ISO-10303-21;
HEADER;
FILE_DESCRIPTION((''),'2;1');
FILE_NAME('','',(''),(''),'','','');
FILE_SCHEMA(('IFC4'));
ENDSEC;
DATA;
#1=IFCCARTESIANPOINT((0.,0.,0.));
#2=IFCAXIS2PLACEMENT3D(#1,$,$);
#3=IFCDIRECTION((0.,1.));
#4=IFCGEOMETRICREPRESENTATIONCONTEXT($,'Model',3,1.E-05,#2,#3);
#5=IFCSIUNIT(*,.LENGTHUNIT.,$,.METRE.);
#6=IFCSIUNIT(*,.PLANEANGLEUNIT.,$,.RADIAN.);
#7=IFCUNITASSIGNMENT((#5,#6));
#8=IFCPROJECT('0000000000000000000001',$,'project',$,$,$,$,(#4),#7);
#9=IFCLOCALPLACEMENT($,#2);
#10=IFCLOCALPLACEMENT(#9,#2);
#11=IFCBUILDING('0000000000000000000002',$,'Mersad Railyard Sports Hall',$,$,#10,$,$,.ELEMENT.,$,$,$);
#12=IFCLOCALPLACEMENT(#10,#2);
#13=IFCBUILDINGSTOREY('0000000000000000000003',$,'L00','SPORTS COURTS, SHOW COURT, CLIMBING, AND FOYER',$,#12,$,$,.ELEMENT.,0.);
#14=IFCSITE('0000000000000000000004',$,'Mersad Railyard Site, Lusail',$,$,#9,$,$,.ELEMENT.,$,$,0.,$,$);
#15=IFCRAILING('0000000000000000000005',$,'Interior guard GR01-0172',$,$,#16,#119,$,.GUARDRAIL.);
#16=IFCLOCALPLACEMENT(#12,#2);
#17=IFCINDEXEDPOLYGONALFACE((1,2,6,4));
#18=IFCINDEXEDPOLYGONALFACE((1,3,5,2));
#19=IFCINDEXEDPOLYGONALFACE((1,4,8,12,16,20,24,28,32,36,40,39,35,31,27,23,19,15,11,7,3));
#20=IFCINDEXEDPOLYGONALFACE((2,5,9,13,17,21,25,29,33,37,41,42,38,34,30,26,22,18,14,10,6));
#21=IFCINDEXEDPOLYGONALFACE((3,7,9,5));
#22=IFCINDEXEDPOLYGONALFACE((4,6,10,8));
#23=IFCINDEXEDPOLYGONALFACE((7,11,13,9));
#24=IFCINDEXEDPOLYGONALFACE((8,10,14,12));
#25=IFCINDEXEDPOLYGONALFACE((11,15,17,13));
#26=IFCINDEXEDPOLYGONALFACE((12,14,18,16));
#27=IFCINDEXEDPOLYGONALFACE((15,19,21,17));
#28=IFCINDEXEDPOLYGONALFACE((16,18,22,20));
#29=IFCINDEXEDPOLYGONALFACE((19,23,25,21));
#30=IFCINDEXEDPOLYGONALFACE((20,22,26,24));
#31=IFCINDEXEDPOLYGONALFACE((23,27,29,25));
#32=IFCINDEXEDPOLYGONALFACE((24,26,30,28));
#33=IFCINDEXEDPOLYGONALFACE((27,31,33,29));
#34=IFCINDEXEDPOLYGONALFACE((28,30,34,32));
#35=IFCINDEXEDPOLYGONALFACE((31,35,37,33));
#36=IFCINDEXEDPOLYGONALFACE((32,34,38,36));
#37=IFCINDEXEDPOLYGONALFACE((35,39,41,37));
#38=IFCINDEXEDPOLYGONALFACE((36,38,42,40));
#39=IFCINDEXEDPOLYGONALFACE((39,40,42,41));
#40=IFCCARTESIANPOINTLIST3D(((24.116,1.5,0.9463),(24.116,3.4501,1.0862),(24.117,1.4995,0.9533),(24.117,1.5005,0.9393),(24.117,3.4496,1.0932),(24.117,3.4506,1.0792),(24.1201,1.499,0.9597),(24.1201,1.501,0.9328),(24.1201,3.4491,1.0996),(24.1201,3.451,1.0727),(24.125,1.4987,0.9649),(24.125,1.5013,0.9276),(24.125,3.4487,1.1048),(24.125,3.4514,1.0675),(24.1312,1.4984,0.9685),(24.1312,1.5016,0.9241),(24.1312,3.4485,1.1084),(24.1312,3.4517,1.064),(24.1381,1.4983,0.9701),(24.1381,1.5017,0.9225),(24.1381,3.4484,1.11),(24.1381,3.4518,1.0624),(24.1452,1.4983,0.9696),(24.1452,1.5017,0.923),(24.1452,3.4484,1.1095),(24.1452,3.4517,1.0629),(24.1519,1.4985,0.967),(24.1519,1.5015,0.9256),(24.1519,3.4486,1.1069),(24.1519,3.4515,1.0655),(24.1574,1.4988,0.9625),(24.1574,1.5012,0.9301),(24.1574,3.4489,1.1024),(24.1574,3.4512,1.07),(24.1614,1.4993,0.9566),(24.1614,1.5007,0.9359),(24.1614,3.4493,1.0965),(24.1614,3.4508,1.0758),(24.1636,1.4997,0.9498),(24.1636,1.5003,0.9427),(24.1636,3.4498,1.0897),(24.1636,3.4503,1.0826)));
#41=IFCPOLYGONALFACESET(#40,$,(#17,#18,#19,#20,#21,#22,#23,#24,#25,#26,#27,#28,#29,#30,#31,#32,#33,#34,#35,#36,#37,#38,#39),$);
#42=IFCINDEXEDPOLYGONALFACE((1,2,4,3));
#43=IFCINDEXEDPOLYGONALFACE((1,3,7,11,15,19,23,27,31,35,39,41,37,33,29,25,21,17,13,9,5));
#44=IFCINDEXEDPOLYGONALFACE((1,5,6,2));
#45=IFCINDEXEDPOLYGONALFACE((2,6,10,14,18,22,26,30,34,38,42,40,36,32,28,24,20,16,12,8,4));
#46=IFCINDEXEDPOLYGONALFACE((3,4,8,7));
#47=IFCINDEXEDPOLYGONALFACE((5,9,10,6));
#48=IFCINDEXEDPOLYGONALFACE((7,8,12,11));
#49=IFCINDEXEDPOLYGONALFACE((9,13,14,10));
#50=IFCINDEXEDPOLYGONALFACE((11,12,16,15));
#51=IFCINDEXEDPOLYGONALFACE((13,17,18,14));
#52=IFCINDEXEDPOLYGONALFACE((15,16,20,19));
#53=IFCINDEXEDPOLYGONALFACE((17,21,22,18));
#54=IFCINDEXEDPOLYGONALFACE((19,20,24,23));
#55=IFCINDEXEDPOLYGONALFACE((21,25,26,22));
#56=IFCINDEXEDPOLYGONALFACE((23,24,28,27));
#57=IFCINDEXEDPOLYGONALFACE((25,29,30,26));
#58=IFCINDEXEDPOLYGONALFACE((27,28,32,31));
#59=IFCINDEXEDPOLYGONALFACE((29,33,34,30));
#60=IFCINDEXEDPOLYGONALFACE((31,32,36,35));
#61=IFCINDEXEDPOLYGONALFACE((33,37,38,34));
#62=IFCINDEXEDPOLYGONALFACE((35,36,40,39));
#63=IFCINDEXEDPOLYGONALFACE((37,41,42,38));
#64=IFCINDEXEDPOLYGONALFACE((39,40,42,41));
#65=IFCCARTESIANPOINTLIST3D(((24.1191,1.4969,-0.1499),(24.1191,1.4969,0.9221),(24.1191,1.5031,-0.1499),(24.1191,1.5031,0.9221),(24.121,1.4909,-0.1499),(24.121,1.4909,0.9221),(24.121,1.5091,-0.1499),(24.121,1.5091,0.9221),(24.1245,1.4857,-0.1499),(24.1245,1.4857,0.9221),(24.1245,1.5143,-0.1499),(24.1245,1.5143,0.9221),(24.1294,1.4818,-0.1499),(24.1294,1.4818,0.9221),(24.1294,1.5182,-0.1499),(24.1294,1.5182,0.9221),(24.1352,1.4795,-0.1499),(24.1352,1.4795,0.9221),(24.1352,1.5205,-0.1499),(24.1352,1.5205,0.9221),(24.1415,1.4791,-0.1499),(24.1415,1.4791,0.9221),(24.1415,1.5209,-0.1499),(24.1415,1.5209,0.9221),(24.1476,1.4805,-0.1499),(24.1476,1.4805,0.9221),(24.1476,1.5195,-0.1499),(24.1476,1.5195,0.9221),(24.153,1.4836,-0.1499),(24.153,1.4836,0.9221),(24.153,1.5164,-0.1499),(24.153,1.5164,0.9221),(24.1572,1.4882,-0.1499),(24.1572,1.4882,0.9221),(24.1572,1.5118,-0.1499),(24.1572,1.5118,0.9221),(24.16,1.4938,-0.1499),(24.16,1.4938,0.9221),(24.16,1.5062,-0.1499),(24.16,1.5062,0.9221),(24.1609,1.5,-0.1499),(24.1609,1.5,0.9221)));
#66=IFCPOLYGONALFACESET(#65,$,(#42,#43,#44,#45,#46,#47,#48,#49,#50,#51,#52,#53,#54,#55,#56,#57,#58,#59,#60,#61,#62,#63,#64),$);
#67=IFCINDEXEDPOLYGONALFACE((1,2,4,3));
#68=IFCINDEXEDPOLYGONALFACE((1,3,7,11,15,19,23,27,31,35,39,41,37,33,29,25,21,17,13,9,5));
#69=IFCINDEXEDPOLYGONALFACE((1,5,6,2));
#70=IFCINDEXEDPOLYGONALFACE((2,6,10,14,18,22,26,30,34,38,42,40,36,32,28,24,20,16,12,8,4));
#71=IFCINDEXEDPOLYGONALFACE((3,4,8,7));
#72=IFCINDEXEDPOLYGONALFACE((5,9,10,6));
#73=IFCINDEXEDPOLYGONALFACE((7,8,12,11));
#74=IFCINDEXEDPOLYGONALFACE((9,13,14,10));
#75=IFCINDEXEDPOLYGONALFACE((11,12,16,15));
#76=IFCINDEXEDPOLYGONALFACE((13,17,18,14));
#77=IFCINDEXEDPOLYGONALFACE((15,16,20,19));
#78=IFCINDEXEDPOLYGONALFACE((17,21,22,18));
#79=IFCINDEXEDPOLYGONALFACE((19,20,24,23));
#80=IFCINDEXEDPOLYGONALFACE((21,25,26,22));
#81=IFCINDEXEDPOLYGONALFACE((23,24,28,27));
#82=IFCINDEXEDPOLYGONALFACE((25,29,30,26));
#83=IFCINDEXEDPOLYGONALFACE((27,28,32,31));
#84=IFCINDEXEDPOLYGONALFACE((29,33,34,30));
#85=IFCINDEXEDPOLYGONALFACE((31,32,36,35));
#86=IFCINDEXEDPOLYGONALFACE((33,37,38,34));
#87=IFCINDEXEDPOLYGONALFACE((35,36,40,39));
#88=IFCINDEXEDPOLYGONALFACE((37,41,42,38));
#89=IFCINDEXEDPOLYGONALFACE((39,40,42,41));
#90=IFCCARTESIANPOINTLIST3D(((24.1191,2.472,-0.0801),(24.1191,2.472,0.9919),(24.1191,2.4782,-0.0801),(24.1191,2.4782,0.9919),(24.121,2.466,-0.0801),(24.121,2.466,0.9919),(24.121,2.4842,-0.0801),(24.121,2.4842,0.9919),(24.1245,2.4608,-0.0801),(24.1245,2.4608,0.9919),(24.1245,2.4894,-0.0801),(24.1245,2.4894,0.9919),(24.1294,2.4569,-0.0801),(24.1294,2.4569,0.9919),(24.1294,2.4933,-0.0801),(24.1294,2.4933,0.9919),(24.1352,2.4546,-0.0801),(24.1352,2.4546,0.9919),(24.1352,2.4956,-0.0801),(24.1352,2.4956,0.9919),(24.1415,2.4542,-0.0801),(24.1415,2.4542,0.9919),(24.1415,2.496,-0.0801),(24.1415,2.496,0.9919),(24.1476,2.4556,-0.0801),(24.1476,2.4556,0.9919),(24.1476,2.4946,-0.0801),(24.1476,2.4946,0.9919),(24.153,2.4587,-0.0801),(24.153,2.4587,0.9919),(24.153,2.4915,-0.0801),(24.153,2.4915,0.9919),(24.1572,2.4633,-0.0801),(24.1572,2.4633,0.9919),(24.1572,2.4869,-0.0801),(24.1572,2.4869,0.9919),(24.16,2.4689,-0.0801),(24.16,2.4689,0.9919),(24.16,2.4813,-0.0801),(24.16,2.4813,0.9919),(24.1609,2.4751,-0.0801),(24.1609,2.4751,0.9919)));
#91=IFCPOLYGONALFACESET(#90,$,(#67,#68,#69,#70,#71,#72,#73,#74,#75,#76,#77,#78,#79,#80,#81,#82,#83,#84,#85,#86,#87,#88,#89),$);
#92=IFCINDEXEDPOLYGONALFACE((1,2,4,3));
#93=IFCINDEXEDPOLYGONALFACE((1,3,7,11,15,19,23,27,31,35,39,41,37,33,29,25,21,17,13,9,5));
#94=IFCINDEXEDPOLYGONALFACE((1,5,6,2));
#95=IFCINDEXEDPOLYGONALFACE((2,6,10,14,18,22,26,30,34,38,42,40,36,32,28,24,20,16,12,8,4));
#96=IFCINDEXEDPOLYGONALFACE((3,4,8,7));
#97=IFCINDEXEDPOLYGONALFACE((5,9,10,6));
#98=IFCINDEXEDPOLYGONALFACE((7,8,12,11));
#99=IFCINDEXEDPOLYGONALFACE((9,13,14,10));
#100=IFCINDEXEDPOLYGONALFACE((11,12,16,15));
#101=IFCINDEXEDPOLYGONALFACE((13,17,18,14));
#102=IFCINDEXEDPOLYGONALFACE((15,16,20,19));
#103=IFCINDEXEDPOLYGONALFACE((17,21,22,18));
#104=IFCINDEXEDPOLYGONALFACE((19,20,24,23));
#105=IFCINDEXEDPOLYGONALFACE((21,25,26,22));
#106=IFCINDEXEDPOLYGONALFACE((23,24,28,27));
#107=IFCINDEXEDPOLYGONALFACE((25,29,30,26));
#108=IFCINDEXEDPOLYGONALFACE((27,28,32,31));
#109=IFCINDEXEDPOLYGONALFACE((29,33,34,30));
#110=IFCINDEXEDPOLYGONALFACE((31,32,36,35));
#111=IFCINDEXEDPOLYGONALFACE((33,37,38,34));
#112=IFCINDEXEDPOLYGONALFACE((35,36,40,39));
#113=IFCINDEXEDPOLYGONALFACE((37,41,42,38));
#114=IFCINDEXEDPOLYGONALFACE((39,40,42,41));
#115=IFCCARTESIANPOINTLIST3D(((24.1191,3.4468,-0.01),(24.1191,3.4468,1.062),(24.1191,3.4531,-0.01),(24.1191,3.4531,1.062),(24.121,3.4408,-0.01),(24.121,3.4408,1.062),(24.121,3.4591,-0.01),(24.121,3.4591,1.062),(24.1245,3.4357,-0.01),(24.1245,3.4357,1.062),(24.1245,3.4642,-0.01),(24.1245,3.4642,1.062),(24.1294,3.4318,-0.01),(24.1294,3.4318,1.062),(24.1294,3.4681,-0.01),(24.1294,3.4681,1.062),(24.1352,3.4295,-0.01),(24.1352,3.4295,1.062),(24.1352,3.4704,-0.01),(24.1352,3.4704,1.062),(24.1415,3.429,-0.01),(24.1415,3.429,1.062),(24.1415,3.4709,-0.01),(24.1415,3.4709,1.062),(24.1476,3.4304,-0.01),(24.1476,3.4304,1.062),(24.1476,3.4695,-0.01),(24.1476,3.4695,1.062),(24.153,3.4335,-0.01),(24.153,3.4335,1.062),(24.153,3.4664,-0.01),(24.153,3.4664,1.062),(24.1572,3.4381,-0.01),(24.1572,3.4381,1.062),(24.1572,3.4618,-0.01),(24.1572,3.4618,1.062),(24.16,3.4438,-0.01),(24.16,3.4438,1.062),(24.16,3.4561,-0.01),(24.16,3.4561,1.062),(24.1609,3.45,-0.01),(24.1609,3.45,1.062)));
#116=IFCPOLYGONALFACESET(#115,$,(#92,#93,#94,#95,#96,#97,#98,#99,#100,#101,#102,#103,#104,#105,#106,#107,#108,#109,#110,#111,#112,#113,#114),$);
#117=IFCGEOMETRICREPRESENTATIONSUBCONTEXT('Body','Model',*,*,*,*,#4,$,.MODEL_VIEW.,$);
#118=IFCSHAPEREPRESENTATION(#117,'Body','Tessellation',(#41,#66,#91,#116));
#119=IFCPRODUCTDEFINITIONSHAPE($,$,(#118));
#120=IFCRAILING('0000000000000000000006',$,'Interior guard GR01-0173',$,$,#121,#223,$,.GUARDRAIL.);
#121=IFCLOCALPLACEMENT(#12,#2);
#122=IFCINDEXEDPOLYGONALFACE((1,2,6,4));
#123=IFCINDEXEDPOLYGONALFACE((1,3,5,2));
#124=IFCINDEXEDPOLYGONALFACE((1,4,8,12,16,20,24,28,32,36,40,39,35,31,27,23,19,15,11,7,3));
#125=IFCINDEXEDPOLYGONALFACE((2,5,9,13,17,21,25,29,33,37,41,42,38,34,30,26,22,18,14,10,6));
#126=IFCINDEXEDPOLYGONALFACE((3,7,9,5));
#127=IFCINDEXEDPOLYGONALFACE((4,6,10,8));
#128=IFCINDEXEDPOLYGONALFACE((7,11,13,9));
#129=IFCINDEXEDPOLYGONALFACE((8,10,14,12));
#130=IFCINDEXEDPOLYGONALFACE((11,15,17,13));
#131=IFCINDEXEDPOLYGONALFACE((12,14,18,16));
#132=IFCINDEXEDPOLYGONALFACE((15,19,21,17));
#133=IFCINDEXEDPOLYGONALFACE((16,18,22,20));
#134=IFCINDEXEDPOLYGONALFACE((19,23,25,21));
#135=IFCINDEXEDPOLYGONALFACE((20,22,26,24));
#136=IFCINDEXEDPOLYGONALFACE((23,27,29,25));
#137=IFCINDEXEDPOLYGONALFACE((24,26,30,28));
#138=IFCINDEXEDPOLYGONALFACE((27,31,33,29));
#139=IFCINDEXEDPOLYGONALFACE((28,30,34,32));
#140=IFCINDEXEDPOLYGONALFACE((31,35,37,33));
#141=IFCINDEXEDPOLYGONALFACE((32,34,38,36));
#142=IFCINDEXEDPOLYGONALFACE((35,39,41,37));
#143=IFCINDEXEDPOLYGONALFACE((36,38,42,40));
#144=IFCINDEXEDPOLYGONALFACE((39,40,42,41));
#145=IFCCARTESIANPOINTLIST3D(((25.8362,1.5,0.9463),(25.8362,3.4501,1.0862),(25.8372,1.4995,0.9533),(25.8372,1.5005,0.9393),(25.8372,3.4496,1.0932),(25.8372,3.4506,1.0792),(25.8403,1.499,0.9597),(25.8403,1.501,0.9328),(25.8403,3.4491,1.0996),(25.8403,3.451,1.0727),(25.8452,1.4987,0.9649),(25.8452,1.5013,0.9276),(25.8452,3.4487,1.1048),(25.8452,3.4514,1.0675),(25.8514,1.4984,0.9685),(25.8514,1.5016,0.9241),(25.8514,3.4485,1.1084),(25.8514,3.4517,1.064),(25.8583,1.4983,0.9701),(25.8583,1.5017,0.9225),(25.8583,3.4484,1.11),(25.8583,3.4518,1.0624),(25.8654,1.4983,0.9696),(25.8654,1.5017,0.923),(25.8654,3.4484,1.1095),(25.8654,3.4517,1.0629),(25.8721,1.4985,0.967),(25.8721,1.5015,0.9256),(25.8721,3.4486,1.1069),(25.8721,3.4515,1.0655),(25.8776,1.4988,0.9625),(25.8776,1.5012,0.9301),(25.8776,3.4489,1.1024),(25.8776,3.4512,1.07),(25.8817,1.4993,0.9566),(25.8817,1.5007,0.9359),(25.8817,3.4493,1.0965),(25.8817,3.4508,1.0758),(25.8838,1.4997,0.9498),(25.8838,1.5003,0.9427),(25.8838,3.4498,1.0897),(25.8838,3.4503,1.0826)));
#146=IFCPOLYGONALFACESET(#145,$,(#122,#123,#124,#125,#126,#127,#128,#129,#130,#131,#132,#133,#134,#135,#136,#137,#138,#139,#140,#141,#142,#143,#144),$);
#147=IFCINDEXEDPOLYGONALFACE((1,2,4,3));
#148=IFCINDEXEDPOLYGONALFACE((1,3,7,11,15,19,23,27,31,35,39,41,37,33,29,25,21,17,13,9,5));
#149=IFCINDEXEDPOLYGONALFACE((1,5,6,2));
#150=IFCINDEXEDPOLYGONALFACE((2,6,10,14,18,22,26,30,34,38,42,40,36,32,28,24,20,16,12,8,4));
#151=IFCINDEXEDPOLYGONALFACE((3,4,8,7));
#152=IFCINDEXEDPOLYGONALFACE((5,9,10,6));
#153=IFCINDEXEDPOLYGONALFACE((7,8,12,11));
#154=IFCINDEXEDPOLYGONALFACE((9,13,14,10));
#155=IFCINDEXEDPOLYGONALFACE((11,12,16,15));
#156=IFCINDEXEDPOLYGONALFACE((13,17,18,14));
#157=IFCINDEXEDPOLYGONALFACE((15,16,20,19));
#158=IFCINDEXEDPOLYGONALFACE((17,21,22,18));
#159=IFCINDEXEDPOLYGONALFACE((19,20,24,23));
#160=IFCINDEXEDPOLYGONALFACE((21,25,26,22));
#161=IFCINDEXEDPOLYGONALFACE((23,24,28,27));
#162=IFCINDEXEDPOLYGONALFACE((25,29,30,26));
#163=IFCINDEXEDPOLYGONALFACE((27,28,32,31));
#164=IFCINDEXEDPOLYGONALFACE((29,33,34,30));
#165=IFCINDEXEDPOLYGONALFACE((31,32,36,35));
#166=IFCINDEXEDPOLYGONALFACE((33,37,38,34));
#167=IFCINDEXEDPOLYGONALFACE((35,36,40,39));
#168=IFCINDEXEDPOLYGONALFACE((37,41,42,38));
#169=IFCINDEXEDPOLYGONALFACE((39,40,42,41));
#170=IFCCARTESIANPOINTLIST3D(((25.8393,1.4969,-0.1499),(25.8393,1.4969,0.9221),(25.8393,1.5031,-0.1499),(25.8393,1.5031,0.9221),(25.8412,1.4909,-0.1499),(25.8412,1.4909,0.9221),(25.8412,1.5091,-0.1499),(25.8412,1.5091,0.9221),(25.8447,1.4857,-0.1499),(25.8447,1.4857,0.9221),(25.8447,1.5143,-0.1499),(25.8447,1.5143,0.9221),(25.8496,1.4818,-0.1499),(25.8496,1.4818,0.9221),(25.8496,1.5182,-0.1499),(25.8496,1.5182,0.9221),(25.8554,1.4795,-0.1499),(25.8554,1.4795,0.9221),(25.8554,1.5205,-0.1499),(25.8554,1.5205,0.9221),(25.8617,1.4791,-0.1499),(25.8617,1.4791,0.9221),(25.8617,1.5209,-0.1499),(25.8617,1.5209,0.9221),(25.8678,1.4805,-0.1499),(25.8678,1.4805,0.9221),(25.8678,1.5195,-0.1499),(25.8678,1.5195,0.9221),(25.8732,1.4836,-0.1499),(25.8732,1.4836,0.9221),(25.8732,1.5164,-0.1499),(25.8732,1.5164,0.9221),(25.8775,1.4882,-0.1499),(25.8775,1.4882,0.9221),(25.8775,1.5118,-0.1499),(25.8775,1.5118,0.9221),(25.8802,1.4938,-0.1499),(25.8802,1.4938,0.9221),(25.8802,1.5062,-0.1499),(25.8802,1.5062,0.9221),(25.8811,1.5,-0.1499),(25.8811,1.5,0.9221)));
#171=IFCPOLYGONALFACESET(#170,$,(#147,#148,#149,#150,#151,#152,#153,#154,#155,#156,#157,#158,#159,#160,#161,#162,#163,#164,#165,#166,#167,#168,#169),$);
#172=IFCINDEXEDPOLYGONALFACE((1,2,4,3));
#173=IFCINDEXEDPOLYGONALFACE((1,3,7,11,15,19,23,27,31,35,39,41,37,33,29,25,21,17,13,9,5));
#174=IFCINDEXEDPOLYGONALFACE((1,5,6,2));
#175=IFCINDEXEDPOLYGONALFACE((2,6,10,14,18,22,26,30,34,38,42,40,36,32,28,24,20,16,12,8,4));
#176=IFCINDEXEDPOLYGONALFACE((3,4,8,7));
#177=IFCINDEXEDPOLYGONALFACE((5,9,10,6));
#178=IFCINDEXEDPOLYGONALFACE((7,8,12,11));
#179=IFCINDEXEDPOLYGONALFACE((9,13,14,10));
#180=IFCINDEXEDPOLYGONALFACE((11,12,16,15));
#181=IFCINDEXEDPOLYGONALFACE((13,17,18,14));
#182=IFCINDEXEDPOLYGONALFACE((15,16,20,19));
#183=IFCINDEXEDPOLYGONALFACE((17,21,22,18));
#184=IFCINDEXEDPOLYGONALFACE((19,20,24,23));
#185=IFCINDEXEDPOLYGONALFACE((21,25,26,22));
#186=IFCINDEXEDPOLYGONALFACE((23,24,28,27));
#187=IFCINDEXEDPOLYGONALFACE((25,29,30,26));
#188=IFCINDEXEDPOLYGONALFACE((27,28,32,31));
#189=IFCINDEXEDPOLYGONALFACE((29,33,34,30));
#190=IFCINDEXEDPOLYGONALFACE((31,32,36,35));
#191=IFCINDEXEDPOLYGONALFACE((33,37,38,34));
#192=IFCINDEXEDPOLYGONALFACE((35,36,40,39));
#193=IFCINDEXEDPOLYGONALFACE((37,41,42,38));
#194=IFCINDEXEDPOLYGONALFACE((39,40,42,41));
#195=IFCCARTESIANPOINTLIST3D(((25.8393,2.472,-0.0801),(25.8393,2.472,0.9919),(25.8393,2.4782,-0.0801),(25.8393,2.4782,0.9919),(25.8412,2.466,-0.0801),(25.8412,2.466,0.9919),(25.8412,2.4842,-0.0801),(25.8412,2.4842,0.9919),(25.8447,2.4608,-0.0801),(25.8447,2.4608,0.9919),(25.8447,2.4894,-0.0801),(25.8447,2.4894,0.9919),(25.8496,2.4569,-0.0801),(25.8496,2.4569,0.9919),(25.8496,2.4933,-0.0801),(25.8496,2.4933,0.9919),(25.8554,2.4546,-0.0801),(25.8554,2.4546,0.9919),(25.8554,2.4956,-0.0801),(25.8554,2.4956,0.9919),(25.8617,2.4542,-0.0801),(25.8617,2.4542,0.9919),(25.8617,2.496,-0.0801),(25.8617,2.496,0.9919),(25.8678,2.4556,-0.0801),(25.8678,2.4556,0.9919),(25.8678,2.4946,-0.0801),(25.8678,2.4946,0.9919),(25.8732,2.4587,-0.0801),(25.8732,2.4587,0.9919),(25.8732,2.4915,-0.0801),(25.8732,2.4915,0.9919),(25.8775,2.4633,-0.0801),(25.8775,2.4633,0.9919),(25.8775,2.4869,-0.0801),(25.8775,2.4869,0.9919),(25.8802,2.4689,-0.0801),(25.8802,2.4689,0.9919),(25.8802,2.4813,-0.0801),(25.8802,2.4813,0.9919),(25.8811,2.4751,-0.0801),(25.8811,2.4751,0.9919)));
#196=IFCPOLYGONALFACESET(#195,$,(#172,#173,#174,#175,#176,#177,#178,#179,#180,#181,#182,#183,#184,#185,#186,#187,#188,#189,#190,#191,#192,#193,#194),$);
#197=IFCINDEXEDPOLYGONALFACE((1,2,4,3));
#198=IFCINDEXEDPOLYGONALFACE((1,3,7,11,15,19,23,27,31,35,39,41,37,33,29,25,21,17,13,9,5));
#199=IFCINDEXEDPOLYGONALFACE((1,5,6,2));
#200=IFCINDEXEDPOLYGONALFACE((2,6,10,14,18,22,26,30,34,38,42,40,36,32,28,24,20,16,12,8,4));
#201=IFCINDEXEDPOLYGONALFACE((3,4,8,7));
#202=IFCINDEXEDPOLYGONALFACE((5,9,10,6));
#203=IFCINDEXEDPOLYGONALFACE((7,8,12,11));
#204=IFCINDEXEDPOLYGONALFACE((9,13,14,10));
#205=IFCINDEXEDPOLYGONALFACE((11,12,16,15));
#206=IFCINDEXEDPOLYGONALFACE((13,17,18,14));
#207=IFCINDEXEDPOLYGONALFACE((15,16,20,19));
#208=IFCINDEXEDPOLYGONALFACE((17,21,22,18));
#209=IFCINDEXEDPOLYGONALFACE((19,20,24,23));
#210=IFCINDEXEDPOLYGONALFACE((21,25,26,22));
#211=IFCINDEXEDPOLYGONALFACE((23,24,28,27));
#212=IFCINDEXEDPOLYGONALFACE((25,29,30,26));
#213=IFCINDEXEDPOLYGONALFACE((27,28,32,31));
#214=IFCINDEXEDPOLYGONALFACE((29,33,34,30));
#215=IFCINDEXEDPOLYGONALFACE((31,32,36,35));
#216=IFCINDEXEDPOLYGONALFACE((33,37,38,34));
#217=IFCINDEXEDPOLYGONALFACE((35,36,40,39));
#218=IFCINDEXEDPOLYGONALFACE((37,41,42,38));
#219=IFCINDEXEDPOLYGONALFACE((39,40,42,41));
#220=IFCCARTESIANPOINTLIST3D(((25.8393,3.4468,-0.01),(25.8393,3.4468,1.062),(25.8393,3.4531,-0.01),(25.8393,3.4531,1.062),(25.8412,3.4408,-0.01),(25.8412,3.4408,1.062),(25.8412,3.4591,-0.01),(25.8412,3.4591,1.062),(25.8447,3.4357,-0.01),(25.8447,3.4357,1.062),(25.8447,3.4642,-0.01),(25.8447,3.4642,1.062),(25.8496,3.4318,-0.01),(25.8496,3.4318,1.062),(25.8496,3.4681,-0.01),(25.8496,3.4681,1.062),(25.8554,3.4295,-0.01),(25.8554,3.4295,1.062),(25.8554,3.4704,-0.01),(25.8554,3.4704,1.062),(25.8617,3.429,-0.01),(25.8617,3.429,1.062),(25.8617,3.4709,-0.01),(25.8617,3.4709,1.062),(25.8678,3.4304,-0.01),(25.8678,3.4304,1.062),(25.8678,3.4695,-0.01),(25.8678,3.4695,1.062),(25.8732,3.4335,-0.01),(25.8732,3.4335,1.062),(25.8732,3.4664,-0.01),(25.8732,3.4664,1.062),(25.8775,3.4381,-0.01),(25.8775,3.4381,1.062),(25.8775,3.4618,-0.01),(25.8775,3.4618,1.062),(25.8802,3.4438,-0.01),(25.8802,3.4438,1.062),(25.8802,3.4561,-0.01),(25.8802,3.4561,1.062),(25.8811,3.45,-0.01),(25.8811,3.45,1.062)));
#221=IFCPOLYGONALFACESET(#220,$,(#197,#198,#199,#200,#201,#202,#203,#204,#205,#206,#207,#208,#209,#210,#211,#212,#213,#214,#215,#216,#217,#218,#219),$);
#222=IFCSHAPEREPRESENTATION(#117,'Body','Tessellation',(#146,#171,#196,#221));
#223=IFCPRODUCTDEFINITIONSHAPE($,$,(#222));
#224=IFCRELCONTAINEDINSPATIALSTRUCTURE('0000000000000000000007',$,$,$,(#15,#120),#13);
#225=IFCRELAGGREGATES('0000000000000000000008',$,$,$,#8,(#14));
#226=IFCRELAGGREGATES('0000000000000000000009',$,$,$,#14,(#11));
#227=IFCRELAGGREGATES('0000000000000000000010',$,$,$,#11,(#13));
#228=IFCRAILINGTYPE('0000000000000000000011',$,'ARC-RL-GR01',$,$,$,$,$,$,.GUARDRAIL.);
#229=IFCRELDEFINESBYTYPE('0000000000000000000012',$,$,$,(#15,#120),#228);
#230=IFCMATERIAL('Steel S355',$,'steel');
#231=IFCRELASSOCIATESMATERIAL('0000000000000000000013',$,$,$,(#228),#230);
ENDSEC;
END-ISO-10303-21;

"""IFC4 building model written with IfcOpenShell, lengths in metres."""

from ifc_helpers import new_model, si_unit, direction, frame, origin, origin_2d, place, context, subcontext, project, spatial, circle, extrude, material, type_object, element, save


model = new_model("IFC4")

# Units and contexts
model_context = context("Model", 3, precision=1e-05, world=origin(), true_north=direction((0.0, 1.0)))
body_context = subcontext(model_context, "Body", "Model", "MODEL_VIEW")
ifc_project = project(units=[si_unit("LENGTHUNIT", "METRE"), si_unit("PLANEANGLEUNIT", "RADIAN")], contexts=[model_context])

# Site, building, storey
site_placement = place(None, origin())
site = spatial("IfcSite", under=ifc_project, at=site_placement, Name="Mersad Railyard Site, Lusail", CompositionType="ELEMENT", RefElevation=0.0)
building_placement = place(site_placement, origin())
building = spatial("IfcBuilding", under=site, at=building_placement, Name="Mersad Railyard Sports Hall", CompositionType="ELEMENT")
storey_placement = place(building_placement, origin())
storey = spatial("IfcBuildingStorey", under=building, at=storey_placement, Name="L00", Description="SPORTS COURTS, SHOW COURT, CLIMBING, AND FOYER", CompositionType="ELEMENT", Elevation=0.0)

# Railings
ifc_material_1 = material(Name="Steel S355", Category="steel")
railing_type = type_object("IfcRailingType", Name="ARC-RL-GR01", PredefinedType="GUARDRAIL", material=ifc_material_1)
for number, where, name in (
    (1, (24.1399, 1.5, -0.1499), "Interior guard GR01-0172"),
    (2, (25.8601, 1.5, -0.1499), "Interior guard GR01-0173"),
):
    element("IfcRailing", number, at=place(storey_placement, frame(where)), inside=storey, type_object=railing_type, Name=name, PredefinedType="GUARDRAIL", context=body_context, shape_type="SweptSolid", body=[
        extrude(circle(Radius=0.0239, at=origin_2d()), frame((0.0, 0.0, 1.0962), z_axis=(0.0, 0.997436, 0.071558), x_axis=(-1.0, 0.0, 0.0)), (0.0, 0.0, 1.0), 1.9551),
        extrude(circle(Radius=0.021, at=origin_2d()), origin(), (0.0, 0.0, 1.0), 1.072),
        extrude(circle(Radius=0.021, at=origin_2d()), frame((0.0, 0.9751, 0.0698)), (0.0, 0.0, 1.0), 1.072),
        extrude(circle(Radius=0.021, at=origin_2d()), frame((0.0, 1.95, 0.1399)), (0.0, 0.0, 1.0), 1.072),
    ])

save(model, "model.ifc")
